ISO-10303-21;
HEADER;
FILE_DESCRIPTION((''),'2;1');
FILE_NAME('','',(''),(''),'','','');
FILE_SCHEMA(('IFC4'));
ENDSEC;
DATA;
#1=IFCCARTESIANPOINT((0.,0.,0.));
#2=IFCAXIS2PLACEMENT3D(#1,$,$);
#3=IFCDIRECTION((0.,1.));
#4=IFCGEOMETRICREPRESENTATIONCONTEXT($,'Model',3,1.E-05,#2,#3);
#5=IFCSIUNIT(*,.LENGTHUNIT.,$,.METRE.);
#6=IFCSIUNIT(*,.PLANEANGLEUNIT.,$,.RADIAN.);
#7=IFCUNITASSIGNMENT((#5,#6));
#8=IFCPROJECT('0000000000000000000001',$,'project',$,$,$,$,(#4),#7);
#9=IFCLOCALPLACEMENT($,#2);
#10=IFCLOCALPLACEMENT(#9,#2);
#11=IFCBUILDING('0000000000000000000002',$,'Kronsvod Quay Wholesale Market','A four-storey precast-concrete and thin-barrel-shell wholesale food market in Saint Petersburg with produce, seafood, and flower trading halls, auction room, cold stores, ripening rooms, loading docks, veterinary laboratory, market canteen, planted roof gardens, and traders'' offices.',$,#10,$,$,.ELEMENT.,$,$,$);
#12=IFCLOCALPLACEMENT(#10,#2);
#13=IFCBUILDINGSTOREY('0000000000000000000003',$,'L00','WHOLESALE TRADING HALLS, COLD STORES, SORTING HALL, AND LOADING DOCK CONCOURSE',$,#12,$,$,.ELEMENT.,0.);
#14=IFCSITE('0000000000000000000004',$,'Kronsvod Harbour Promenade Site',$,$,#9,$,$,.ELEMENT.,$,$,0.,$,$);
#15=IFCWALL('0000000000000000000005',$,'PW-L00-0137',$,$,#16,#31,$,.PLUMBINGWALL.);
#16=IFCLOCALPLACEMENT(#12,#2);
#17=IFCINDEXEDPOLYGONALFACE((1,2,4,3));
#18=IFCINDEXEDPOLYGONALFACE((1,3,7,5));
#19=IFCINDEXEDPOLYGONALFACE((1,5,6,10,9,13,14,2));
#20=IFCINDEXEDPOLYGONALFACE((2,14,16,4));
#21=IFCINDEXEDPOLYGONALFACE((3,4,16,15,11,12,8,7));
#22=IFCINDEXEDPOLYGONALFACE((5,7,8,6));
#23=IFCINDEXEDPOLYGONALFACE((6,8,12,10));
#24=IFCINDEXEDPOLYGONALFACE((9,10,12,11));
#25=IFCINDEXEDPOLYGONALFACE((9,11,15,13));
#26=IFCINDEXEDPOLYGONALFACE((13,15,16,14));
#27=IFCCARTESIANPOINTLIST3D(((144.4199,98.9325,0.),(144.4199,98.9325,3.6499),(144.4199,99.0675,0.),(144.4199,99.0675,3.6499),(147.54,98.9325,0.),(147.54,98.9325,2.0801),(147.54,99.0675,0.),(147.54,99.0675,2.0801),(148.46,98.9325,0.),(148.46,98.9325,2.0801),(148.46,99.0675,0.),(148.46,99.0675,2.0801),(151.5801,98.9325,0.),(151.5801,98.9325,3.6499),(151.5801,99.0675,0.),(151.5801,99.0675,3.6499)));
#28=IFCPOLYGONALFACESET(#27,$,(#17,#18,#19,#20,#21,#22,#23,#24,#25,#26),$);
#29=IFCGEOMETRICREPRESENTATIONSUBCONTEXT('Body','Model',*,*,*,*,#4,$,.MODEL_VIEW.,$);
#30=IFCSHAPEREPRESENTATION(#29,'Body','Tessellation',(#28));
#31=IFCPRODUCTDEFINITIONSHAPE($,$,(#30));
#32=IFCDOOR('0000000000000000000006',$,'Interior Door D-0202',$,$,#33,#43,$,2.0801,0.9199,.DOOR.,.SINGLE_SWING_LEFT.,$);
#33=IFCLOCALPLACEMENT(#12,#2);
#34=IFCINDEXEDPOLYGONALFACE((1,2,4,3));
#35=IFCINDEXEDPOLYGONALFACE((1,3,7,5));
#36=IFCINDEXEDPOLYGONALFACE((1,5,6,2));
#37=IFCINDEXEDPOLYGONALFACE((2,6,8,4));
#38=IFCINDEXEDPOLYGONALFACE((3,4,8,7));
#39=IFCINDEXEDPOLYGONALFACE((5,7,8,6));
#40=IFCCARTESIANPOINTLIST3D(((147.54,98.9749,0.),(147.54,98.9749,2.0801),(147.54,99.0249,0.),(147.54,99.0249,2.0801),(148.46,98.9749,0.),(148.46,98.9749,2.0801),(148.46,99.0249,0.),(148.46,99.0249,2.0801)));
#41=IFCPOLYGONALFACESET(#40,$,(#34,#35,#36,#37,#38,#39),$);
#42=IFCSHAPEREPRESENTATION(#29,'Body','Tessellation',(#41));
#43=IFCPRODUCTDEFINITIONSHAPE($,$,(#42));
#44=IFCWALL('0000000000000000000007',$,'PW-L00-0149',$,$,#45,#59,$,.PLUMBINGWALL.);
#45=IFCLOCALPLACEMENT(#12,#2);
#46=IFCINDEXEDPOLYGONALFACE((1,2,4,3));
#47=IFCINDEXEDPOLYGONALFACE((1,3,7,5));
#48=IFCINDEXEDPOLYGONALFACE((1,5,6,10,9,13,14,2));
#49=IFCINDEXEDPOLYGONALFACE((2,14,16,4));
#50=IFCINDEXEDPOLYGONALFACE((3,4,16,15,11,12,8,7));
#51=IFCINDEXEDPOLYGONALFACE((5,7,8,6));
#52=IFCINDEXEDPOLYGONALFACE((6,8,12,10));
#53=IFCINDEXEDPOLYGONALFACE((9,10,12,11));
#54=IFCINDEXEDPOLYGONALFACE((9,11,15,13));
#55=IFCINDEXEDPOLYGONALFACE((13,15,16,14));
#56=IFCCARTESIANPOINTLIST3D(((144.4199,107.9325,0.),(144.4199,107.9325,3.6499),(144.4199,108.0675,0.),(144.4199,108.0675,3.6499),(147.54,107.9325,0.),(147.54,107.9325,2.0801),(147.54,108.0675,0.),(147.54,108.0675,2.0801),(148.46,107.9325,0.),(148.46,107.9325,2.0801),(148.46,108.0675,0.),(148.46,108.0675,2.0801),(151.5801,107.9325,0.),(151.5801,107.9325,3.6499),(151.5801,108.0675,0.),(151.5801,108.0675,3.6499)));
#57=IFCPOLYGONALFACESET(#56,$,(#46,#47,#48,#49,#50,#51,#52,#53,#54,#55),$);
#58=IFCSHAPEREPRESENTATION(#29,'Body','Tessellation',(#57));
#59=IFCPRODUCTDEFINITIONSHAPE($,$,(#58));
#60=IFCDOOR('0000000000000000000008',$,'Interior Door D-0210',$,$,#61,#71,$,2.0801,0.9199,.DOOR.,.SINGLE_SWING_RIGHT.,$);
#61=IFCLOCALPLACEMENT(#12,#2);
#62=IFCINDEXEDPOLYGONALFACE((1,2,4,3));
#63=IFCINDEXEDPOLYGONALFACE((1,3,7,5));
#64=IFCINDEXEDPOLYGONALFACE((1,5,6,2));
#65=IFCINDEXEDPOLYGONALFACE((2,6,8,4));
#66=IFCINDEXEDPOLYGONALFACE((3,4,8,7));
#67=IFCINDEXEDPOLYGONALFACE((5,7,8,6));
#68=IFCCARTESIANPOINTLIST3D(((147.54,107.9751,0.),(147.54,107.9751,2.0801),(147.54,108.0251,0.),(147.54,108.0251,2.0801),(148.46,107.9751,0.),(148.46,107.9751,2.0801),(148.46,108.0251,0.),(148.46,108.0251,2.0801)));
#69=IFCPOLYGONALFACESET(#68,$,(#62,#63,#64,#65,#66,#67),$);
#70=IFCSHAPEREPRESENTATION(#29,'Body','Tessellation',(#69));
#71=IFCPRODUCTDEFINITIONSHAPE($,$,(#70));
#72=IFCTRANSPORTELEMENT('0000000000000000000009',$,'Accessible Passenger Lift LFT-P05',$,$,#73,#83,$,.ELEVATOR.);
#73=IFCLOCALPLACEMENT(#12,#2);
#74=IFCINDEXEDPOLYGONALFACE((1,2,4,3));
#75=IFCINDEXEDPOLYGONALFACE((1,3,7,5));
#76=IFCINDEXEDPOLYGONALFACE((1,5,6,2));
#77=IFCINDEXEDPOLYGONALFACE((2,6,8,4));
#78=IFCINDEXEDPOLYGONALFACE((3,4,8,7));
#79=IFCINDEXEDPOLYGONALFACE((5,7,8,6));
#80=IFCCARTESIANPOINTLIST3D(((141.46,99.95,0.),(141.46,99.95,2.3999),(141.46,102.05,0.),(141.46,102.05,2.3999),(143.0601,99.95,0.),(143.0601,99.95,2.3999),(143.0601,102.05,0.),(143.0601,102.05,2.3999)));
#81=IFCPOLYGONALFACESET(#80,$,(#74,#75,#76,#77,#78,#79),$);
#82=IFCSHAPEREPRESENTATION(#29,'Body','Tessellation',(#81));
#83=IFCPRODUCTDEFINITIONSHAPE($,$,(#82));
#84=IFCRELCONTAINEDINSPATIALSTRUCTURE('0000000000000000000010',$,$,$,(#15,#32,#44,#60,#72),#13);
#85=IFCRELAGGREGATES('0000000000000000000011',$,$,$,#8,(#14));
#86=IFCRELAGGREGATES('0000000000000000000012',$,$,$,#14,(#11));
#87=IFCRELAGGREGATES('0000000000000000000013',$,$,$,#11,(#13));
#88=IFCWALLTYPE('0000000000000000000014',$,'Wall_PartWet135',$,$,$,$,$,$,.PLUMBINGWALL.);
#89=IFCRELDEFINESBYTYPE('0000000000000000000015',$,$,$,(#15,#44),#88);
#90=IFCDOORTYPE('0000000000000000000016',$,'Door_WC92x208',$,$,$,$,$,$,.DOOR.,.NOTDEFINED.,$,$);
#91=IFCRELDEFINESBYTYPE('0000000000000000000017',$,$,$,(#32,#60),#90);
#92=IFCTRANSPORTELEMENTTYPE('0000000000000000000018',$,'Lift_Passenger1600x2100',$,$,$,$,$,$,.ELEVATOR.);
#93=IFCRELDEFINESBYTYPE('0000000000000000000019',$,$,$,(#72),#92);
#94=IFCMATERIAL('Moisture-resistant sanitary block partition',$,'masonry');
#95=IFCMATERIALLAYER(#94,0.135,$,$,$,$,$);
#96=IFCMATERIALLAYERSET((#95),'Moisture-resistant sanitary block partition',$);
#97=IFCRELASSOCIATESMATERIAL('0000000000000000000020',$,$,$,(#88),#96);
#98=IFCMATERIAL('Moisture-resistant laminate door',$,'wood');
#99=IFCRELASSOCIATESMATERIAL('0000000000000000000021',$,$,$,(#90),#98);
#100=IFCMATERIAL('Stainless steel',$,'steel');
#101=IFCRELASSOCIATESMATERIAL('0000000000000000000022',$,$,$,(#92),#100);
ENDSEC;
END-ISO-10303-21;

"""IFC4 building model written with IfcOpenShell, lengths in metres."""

from ifc_helpers import new_model, si_unit, direction, frame, frame_2d, origin, origin_2d, place, context, subcontext, project, spatial, rectangle, extrude, material, layer, layer_set, type_object, element, fill, save


model = new_model("IFC4")

# Units and contexts
model_context = context("Model", 3, precision=1e-05, world=origin(), true_north=direction((0.0, 1.0)))
body_context = subcontext(model_context, "Body", "Model", "MODEL_VIEW")
ifc_project = project(units=[si_unit("LENGTHUNIT", "METRE"), si_unit("PLANEANGLEUNIT", "RADIAN")], contexts=[model_context])

# Site, building, storey
site_placement = place(None, origin())
site = spatial("IfcSite", under=ifc_project, at=site_placement, Name="Kronsvod Harbour Promenade Site", CompositionType="ELEMENT", RefElevation=0.0)
building_placement = place(site_placement, origin())
building = spatial("IfcBuilding", under=site, at=building_placement, Name="Kronsvod Quay Wholesale Market", Description="A four-storey precast-concrete and thin-barrel-shell wholesale food market in Saint Petersburg with produce, seafood, and flower trading halls, auction room, cold stores, ripening rooms, loading docks, veterinary laboratory, market canteen, planted roof gardens, and traders' offices.", CompositionType="ELEMENT")
storey_placement = place(building_placement, origin())
storey = spatial("IfcBuildingStorey", under=building, at=storey_placement, Name="L00", Description="WHOLESALE TRADING HALLS, COLD STORES, SORTING HALL, AND LOADING DOCK CONCOURSE", CompositionType="ELEMENT", Elevation=0.0)

# Walls, openings, doors
ifc_material_1 = material(Name="Moisture-resistant sanitary block partition", Category="masonry")
ifc_layer_1 = layer(ifc_material_1, 0.135)
ifc_layer_set_1 = layer_set([ifc_layer_1], Name="Moisture-resistant sanitary block partition")
wall_type_1 = type_object("IfcWallType", Name="Wall_PartWet135", PredefinedType="PLUMBINGWALL", material=ifc_layer_set_1)
ifc_material_2 = material(Name="Moisture-resistant laminate door", Category="wood")
door_type_1 = type_object("IfcDoorType", Name="Door_WC92x208", OperationType="NOTDEFINED", PredefinedType="DOOR", material=ifc_material_2)
wall_1_placement = place(storey_placement, frame((144.4199, 99.0, 0.0), z_axis=(0.0, 0.0, 1.0), x_axis=(1.0, 0.0, 0.0)))
wall_1 = element("IfcWall", 1, at=wall_1_placement, inside=storey, type_object=wall_type_1, Name="PW-L00-0137", PredefinedType="PLUMBINGWALL", context=body_context, shape_type="SweptSolid", body=[
    extrude(rectangle(XDim=7.1602, YDim=0.135, at=frame_2d((3.5801, 0.0))), origin(), (0.0, 0.0, 1.0), 3.6499),
])
opening_1_placement = place(wall_1_placement, frame((3.1201, 0.0, 0.0)))
opening_1 = element("IfcOpeningElement", 2, at=opening_1_placement, cuts=wall_1, PredefinedType="OPENING", context=body_context, shape_type="SweptSolid", body=[
    extrude(rectangle(XDim=0.9199, YDim=2.0801, at=frame_2d((0.46, 1.04))), frame((0.0, 0.0776, 0.0), z_axis=(0.0, -1.0, 0.0), x_axis=(1.0, 0.0, 0.0)), (0.0, 0.0, 1.0), 0.155),
])
door_1_placement = place(opening_1_placement, origin())
door_1 = element("IfcDoor", 3, at=door_1_placement, inside=storey, type_object=door_type_1, Name="Interior Door D-0202", OperationType="SINGLE_SWING_LEFT", OverallHeight=2.0801, OverallWidth=0.9199, PredefinedType="DOOR", context=body_context, shape_type="SweptSolid", body=[
    extrude(rectangle(XDim=0.9199, YDim=2.0801, at=frame_2d((0.46, 1.04))), frame((0.0, 0.0249, 0.0), z_axis=(0.0, -1.0, 0.0), x_axis=(1.0, 0.0, 0.0)), (0.0, 0.0, 1.0), 0.05),
])
fill(opening_1, door_1)
wall_2_placement = place(storey_placement, frame((144.4199, 108.0, 0.0), z_axis=(0.0, 0.0, 1.0), x_axis=(1.0, 0.0, 0.0)))
wall_2 = element("IfcWall", 4, at=wall_2_placement, inside=storey, type_object=wall_type_1, Name="PW-L00-0149", PredefinedType="PLUMBINGWALL", context=body_context, shape_type="SweptSolid", body=[
    extrude(rectangle(XDim=7.1602, YDim=0.135, at=frame_2d((3.5801, 0.0))), origin(), (0.0, 0.0, 1.0), 3.6499),
])
opening_2_placement = place(wall_2_placement, frame((3.1201, 0.0, 0.0)))
opening_2 = element("IfcOpeningElement", 5, at=opening_2_placement, cuts=wall_2, PredefinedType="OPENING", context=body_context, shape_type="SweptSolid", body=[
    extrude(rectangle(XDim=0.9199, YDim=2.0801, at=frame_2d((0.46, 1.04))), frame((0.0, 0.0776, 0.0), z_axis=(0.0, -1.0, 0.0), x_axis=(1.0, 0.0, 0.0)), (0.0, 0.0, 1.0), 0.155),
])
door_2_placement = place(opening_2_placement, frame((0.9199, 0.0, 0.0), z_axis=(0.0, 0.0, 1.0), x_axis=(-1.0, 0.0, 0.0)))
door_2 = element("IfcDoor", 6, at=door_2_placement, inside=storey, type_object=door_type_1, Name="Interior Door D-0210", OperationType="SINGLE_SWING_RIGHT", OverallHeight=2.0801, OverallWidth=0.9199, PredefinedType="DOOR", context=body_context, shape_type="SweptSolid", body=[
    extrude(rectangle(XDim=0.9199, YDim=2.0801, at=frame_2d((0.46, 1.04))), frame((0.0, 0.0249, 0.0), z_axis=(0.0, -1.0, 0.0), x_axis=(1.0, 0.0, 0.0)), (0.0, 0.0, 1.0), 0.05),
])
fill(opening_2, door_2)

# Transport element
ifc_material_3 = material(Name="Stainless steel", Category="steel")
transport_element_type = type_object("IfcTransportElementType", Name="Lift_Passenger1600x2100", PredefinedType="ELEVATOR", material=ifc_material_3)
transport_element_placement = place(storey_placement, frame((142.26, 101.0, 0.0), z_axis=(0.0, 0.0, 1.0), x_axis=(1.0, 0.0, 0.0)))
element("IfcTransportElement", 7, at=transport_element_placement, inside=storey, type_object=transport_element_type, Name="Accessible Passenger Lift LFT-P05", PredefinedType="ELEVATOR", context=body_context, shape_type="SweptSolid", body=[
    extrude(rectangle(XDim=1.6001, YDim=2.1001, at=origin_2d()), origin(), (0.0, 0.0, 1.0), 2.3999),
])

save(model, "model.ifc")
